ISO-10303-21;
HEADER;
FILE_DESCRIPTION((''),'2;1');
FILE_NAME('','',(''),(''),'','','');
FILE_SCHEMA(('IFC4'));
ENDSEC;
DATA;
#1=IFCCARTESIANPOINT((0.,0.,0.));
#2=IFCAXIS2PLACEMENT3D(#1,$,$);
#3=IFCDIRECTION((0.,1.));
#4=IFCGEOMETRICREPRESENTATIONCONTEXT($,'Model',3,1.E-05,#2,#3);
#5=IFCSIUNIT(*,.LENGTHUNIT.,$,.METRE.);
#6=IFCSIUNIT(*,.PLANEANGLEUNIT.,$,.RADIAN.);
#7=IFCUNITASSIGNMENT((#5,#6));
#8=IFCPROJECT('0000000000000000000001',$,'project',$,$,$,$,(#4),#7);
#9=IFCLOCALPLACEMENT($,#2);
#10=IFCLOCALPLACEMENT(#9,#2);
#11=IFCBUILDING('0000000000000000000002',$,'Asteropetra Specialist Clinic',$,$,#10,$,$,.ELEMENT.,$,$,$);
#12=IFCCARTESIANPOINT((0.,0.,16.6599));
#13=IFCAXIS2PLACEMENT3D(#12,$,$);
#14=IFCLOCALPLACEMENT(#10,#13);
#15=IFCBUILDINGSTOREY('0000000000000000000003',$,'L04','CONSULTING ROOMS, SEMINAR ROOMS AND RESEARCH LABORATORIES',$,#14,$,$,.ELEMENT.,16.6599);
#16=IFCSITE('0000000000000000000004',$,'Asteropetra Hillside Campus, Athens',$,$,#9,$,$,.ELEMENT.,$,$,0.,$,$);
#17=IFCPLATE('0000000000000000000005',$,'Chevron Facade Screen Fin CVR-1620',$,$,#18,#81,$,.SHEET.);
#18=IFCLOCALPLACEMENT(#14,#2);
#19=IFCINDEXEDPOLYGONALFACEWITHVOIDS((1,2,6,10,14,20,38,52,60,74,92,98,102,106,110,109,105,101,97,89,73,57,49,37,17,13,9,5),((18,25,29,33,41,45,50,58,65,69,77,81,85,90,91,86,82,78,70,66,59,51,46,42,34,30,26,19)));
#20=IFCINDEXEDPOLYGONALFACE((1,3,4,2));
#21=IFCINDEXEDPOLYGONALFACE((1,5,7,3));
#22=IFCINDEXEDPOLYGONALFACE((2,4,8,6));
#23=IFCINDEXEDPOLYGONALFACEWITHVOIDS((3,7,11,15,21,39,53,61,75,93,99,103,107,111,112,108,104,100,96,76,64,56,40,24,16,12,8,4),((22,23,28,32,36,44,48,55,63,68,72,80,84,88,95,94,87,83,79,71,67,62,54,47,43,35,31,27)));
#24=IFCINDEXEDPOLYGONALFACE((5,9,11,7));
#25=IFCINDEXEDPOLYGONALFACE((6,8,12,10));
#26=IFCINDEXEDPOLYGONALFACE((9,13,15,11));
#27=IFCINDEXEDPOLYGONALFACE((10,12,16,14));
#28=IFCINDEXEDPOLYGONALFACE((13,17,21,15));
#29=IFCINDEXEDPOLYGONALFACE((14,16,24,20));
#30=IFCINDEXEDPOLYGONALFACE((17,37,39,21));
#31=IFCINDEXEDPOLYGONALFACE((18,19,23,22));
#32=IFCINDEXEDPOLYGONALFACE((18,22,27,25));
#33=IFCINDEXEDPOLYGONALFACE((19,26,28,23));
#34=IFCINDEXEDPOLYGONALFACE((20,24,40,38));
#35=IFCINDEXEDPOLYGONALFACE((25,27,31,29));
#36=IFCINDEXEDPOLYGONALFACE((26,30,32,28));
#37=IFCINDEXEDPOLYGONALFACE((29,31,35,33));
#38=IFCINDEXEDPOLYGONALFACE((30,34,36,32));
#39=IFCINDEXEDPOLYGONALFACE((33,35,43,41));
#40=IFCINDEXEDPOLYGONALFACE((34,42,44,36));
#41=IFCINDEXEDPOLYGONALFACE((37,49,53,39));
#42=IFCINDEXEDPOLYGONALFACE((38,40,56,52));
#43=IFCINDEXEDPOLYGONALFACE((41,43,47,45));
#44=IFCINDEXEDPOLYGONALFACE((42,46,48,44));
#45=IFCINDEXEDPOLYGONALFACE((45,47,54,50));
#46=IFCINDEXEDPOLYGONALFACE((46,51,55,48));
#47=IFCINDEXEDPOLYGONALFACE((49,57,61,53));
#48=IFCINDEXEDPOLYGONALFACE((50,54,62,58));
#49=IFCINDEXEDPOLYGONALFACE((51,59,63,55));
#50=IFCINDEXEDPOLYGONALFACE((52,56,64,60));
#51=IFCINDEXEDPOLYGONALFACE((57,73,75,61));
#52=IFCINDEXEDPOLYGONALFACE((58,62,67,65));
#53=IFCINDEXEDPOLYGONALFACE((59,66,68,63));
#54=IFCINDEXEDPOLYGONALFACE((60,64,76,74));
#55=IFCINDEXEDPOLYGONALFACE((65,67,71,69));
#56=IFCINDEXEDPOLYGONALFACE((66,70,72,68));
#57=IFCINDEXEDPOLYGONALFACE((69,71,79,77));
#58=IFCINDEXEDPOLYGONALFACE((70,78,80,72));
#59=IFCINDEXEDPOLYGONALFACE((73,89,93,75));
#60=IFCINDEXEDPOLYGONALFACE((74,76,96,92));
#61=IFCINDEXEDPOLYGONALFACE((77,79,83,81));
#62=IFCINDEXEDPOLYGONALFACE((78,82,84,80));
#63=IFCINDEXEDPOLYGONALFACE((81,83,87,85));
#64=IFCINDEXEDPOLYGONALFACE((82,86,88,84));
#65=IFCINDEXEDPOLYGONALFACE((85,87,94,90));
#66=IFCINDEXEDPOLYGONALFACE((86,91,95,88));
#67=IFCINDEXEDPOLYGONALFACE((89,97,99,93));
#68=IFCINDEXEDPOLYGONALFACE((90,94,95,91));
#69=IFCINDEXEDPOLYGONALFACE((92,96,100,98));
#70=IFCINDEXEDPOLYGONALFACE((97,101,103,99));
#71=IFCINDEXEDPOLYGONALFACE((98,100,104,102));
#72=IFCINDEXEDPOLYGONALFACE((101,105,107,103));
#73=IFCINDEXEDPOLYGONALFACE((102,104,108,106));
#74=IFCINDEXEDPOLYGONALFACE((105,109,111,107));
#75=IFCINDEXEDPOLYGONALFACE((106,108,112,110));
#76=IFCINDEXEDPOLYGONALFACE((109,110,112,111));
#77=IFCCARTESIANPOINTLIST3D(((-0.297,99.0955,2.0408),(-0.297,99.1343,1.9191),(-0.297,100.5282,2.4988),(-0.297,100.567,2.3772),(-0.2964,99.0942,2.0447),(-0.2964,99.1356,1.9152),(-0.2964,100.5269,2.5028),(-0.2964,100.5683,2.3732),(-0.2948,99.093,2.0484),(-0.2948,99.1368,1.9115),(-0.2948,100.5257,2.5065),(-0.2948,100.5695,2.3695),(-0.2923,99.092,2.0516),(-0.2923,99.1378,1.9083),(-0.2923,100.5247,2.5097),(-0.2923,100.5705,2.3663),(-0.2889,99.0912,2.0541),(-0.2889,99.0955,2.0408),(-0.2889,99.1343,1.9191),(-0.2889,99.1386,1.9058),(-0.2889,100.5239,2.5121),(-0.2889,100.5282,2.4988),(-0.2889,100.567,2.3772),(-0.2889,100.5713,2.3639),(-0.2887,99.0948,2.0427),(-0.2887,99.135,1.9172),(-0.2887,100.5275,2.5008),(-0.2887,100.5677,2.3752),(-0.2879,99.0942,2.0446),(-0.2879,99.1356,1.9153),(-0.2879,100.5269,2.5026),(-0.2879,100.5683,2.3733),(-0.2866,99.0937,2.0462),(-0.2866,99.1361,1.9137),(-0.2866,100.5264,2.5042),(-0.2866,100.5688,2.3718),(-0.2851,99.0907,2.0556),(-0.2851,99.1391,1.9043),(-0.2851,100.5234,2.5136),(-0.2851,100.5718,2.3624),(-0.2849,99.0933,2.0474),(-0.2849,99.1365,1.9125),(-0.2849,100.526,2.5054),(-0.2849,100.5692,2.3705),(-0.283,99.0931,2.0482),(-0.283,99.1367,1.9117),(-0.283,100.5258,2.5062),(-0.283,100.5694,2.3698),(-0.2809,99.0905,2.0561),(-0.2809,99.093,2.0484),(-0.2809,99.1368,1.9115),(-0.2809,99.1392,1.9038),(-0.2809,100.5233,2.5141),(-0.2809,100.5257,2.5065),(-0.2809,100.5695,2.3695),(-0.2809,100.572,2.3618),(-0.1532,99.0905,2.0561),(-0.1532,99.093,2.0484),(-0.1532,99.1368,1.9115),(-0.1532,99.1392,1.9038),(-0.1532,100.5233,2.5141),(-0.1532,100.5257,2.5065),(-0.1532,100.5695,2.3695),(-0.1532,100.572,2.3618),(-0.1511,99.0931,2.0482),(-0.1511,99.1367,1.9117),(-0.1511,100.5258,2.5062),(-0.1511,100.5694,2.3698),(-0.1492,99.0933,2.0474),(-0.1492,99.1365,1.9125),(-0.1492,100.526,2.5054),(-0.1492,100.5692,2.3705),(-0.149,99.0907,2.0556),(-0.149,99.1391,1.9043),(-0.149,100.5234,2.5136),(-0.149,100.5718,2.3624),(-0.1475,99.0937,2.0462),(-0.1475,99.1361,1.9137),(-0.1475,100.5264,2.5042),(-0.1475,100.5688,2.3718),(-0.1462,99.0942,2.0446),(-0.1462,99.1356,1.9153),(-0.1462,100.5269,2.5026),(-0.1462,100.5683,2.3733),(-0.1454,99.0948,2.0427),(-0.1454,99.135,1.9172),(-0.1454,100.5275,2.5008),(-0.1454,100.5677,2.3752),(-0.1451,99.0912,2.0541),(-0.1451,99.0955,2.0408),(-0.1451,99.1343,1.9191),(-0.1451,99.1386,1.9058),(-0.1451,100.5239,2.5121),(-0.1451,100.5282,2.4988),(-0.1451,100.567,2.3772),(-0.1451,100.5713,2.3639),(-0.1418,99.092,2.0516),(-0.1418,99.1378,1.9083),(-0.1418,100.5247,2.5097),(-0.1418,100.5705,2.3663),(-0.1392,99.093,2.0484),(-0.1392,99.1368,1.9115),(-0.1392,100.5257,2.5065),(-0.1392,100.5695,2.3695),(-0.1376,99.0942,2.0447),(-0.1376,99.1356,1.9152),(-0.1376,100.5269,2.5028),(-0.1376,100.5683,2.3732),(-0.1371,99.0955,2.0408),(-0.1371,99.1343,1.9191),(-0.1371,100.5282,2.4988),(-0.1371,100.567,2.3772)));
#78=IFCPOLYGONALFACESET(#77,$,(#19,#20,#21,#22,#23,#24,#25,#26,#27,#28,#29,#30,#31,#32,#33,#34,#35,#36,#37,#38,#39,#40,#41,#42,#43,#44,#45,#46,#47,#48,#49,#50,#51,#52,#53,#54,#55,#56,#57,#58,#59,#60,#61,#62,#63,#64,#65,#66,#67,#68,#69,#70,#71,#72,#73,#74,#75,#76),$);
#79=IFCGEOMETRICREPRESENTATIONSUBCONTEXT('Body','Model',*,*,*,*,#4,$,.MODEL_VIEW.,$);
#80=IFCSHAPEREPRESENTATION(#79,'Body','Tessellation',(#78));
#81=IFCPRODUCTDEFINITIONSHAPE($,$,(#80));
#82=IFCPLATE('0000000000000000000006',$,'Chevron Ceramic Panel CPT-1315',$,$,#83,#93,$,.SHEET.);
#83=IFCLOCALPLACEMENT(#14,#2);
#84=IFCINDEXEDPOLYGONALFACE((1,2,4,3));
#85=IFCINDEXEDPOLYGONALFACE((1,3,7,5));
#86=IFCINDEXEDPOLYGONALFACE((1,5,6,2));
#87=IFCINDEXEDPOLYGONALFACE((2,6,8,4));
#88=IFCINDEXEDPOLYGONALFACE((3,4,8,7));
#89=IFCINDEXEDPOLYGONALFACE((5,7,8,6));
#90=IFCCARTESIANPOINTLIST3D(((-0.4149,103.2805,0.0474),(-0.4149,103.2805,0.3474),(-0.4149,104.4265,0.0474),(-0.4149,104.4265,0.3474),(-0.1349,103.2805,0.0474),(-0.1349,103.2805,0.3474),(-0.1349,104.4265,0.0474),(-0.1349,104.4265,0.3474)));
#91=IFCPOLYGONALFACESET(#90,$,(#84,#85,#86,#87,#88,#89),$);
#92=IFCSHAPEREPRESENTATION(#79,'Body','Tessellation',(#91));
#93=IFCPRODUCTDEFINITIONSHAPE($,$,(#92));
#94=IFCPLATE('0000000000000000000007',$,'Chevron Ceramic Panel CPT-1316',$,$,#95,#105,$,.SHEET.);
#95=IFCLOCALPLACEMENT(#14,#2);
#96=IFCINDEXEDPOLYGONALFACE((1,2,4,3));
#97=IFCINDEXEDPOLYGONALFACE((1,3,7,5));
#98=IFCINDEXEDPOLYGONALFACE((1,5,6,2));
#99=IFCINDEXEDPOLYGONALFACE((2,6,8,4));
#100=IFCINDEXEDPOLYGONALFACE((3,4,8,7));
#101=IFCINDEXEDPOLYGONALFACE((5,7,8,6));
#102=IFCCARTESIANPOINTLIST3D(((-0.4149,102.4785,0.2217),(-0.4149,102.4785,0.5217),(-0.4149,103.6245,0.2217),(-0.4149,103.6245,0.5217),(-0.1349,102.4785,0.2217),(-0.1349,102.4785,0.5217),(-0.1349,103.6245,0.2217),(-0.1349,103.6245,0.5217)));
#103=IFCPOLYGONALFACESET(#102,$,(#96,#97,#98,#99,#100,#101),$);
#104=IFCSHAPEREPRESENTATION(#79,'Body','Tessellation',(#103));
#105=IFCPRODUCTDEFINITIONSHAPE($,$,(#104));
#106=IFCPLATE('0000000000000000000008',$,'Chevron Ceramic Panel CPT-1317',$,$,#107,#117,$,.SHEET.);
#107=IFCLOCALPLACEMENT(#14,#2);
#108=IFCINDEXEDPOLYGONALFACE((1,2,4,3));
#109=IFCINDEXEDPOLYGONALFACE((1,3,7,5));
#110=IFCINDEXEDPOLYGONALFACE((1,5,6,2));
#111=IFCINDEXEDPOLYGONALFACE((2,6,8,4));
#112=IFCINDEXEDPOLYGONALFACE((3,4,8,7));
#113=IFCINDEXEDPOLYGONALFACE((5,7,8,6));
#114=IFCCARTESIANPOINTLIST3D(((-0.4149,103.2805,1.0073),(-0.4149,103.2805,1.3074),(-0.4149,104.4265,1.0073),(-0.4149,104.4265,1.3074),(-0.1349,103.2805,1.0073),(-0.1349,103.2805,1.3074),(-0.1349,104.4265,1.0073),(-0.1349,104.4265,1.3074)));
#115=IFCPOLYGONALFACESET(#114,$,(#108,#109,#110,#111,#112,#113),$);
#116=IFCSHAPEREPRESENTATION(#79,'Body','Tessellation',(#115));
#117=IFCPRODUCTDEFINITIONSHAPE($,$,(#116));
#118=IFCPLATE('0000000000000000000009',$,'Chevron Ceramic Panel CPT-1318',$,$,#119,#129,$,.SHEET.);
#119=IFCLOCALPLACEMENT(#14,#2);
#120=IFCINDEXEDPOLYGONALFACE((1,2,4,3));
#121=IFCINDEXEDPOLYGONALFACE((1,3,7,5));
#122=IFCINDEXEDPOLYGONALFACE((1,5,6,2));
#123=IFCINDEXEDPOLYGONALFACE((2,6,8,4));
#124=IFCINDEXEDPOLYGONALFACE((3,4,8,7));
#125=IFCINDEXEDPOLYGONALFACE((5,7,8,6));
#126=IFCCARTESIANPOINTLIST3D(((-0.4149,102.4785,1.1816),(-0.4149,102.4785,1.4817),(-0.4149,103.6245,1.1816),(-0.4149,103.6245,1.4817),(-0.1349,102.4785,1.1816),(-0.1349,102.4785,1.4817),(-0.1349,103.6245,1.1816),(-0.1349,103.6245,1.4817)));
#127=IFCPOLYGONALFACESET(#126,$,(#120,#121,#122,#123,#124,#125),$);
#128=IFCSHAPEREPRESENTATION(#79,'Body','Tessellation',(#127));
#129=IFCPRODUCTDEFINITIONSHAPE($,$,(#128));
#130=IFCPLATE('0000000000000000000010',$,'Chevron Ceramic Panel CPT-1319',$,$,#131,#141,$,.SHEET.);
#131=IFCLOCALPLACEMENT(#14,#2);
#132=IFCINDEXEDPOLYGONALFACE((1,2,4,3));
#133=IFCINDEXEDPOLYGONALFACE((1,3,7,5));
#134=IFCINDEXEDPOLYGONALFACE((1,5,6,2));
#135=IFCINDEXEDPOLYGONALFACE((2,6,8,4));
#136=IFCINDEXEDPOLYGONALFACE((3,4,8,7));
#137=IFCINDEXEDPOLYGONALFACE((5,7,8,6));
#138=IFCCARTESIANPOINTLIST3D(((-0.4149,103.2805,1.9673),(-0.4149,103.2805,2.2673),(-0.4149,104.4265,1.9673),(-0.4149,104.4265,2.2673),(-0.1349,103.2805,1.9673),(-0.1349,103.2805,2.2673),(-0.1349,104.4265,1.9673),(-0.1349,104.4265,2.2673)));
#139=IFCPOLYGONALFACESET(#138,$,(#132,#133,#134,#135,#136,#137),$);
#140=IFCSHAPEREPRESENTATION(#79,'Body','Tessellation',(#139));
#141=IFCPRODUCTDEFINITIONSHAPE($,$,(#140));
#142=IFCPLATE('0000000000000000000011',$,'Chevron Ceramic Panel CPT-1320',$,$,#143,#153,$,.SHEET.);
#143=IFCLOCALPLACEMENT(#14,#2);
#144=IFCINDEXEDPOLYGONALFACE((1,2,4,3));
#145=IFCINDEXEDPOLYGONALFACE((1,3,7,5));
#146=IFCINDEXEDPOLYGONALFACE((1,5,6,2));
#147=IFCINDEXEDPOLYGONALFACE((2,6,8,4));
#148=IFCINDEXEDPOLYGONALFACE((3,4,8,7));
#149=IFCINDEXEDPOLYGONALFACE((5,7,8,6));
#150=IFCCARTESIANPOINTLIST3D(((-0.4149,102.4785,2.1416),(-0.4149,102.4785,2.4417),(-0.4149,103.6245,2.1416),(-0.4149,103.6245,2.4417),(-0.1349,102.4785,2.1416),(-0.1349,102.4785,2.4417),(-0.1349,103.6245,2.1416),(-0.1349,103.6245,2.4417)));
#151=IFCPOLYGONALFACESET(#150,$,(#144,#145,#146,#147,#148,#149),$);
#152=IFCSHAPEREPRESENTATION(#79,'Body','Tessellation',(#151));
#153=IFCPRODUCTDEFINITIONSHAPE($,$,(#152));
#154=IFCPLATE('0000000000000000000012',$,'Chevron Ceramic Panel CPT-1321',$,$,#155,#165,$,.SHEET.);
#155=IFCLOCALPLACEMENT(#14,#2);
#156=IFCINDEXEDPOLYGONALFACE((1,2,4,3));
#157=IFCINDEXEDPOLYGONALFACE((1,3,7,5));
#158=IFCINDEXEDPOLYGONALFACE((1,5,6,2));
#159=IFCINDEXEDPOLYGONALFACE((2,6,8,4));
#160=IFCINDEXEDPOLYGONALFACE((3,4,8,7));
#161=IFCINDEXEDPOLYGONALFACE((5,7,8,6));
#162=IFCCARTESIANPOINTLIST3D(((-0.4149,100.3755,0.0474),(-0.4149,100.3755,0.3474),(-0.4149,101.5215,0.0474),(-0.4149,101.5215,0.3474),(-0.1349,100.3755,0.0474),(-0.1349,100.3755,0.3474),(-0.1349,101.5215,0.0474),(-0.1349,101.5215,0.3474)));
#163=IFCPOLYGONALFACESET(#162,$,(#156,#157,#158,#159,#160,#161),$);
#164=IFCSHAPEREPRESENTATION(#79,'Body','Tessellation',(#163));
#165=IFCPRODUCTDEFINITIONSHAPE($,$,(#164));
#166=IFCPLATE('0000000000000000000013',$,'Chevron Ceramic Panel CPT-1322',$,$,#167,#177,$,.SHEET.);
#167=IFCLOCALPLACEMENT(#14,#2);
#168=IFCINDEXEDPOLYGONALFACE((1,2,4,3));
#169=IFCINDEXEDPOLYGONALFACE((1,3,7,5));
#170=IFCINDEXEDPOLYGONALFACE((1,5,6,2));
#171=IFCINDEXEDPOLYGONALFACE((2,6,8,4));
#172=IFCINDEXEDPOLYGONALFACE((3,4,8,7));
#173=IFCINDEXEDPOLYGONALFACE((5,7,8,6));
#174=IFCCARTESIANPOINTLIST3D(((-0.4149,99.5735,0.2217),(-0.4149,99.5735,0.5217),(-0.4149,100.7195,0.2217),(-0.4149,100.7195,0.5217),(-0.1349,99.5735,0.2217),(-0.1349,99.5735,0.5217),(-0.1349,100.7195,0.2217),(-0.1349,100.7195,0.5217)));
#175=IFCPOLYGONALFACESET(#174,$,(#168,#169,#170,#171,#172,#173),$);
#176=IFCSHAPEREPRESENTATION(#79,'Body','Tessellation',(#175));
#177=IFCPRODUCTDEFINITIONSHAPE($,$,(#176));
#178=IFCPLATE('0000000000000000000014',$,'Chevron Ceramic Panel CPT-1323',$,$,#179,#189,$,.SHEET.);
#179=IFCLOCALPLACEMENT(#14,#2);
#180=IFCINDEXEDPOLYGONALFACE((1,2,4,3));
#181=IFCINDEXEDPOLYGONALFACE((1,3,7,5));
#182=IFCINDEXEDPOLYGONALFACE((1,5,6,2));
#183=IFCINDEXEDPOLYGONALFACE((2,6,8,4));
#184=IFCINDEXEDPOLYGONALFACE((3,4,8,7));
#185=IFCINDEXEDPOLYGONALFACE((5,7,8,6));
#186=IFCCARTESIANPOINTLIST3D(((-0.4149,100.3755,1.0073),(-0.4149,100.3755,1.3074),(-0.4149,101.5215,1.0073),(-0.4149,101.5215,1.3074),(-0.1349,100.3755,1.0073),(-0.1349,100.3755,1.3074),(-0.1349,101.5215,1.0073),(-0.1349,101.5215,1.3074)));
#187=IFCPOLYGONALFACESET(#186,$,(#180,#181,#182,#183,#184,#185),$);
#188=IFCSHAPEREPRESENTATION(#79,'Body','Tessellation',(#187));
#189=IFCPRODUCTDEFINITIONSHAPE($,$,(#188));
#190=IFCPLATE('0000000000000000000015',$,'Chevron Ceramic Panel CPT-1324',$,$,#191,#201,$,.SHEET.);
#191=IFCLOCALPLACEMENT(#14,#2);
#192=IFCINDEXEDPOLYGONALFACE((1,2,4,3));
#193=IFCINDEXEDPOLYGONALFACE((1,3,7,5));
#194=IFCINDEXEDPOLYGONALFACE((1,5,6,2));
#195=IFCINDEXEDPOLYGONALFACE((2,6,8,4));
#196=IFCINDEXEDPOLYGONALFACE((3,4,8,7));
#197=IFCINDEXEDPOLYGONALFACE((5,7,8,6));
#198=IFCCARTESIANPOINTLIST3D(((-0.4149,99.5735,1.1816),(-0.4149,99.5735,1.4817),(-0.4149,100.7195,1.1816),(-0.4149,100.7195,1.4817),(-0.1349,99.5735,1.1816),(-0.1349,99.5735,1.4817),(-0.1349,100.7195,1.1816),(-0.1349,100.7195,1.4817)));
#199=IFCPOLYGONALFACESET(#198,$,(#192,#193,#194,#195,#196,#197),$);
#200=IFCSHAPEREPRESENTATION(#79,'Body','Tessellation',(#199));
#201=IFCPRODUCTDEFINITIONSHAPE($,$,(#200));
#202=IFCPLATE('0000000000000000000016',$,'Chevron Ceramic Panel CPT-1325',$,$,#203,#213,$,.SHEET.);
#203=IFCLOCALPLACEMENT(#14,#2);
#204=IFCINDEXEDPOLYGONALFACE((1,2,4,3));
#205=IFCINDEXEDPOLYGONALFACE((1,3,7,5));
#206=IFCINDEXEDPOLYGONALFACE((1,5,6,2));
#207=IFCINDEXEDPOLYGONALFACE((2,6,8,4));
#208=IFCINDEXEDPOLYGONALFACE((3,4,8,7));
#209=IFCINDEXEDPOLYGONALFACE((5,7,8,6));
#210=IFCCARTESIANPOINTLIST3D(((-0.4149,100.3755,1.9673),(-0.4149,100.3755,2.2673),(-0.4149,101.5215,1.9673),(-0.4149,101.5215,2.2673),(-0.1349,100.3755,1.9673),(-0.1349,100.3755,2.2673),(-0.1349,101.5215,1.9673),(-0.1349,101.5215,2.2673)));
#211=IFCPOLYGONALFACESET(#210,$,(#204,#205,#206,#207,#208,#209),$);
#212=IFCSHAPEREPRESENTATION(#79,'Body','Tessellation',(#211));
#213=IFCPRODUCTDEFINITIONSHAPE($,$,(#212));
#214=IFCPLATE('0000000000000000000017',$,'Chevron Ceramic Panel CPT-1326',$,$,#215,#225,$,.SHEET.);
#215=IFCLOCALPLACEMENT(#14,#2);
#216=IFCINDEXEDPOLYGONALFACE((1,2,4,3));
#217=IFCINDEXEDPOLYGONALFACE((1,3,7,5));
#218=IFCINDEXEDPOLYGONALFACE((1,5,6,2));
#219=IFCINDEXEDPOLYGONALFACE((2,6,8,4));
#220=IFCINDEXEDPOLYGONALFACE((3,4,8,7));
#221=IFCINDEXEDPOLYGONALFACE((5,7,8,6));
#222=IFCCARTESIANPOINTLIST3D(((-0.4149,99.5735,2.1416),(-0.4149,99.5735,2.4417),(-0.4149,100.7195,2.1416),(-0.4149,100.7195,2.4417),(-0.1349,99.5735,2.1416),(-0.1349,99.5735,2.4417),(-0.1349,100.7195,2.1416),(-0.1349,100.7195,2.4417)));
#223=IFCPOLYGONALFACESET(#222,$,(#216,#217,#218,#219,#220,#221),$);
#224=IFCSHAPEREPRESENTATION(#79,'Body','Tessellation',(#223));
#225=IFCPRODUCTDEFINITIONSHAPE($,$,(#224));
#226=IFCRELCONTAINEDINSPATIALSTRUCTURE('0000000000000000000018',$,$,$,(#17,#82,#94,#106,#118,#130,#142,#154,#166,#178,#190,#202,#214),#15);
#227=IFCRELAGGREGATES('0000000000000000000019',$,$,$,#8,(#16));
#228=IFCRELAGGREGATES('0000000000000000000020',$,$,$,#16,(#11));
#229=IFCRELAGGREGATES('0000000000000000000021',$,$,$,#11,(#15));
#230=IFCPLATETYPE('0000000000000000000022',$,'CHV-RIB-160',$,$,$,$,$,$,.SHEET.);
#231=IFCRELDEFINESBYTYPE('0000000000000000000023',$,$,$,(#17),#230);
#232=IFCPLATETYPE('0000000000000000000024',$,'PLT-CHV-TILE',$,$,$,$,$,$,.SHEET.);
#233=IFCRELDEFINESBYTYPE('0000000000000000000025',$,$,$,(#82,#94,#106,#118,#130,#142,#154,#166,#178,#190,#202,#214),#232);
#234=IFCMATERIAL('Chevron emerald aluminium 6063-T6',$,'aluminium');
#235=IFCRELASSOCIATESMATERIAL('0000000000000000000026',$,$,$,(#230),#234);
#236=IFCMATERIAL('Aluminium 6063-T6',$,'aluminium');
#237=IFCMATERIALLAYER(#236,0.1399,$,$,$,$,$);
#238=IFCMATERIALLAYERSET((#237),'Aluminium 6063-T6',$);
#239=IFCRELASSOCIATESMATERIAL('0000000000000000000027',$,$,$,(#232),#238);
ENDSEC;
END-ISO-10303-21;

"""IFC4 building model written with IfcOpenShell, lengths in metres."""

from ifc_helpers import new_model, si_unit, direction, frame, origin, origin_2d, place, context, subcontext, project, spatial, rectangle, hollow_rectangle, extrude, material, layer, layer_set, material_profile, profile_set, type_object, element, save


model = new_model("IFC4")

# Units and contexts
model_context = context("Model", 3, precision=1e-05, world=origin(), true_north=direction((0.0, 1.0)))
body_context = subcontext(model_context, "Body", "Model", "MODEL_VIEW")
ifc_project = project(units=[si_unit("LENGTHUNIT", "METRE"), si_unit("PLANEANGLEUNIT", "RADIAN")], contexts=[model_context])

# Site, building, storey
site_placement = place(None, origin())
site = spatial("IfcSite", under=ifc_project, at=site_placement, Name="Asteropetra Hillside Campus, Athens", CompositionType="ELEMENT", RefElevation=0.0)
building_placement = place(site_placement, origin())
building = spatial("IfcBuilding", under=site, at=building_placement, Name="Asteropetra Specialist Clinic", CompositionType="ELEMENT")
storey_placement = place(building_placement, frame((0.0, 0.0, 16.6599)))
storey = spatial("IfcBuildingStorey", under=building, at=storey_placement, Name="L04", Description="CONSULTING ROOMS, SEMINAR ROOMS AND RESEARCH LABORATORIES", CompositionType="ELEMENT", Elevation=16.6599)

# Plates
ifc_material_1 = material(Name="Chevron emerald aluminium 6063-T6", Category="aluminium")
ifc_material_profile = material_profile(ifc_material_1, hollow_rectangle(XDim=0.1599, YDim=0.1599, WallThickness=0.0081, InnerFilletRadius=0.0081, OuterFilletRadius=0.0161, at=origin_2d()), Name="SHS 160x160x8.0")
ifc_profile_set = profile_set([ifc_material_profile], Name="Chevron emerald aluminium 6063-T6")
plate_type_1 = type_object("IfcPlateType", Name="CHV-RIB-160", PredefinedType="SHEET", material=ifc_profile_set)
plate_1_placement = place(storey_placement, frame((-0.217, 100.5476, 2.438), z_axis=(0.0, -0.952507, -0.304517), x_axis=(1.0, 0.0, 0.0)))
element("IfcPlate", 1, at=plate_1_placement, inside=storey, type_object=plate_type_1, Name="Chevron Facade Screen Fin CVR-1620", PredefinedType="SHEET", context=body_context, shape_type="SweptSolid", body=[
    extrude(hollow_rectangle(XDim=0.1599, YDim=0.1599, WallThickness=0.0081, InnerFilletRadius=0.0081, OuterFilletRadius=0.0161, at=origin_2d()), origin(), (0.0, 0.0, 1.0), 1.5042),
])
ifc_material_2 = material(Name="Aluminium 6063-T6", Category="aluminium")
ifc_layer_1 = layer(ifc_material_2, 0.1399)
ifc_layer_set_1 = layer_set([ifc_layer_1], Name="Aluminium 6063-T6")
plate_type_2 = type_object("IfcPlateType", Name="PLT-CHV-TILE", PredefinedType="SHEET", material=ifc_layer_set_1)
for number, where, z_axis, x_axis, name in (
    (2, (-0.2749, 103.8535, 0.0474), (0.0, 0.0, 1.0), (1.0, 0.0, 0.0), "Chevron Ceramic Panel CPT-1315"),
    (3, (-0.2749, 103.0515, 0.2217), (0.0, 0.0, 1.0), (1.0, 0.0, 0.0), "Chevron Ceramic Panel CPT-1316"),
    (4, (-0.2749, 103.8535, 1.0073), (0.0, 0.0, 1.0), (1.0, 0.0, 0.0), "Chevron Ceramic Panel CPT-1317"),
    (5, (-0.2749, 103.0515, 1.1816), (0.0, 0.0, 1.0), (1.0, 0.0, 0.0), "Chevron Ceramic Panel CPT-1318"),
    (6, (-0.2749, 103.8535, 1.9673), (0.0, 0.0, 1.0), (1.0, 0.0, 0.0), "Chevron Ceramic Panel CPT-1319"),
    (7, (-0.2749, 103.0515, 2.1416), (0.0, 0.0, 1.0), (1.0, 0.0, 0.0), "Chevron Ceramic Panel CPT-1320"),
    (8, (-0.2749, 100.9485, 0.0474), (0.0, 0.0, 1.0), (1.0, 0.0, 0.0), "Chevron Ceramic Panel CPT-1321"),
    (9, (-0.2749, 100.1465, 0.2217), (0.0, 0.0, 1.0), (1.0, 0.0, 0.0), "Chevron Ceramic Panel CPT-1322"),
    (10, (-0.2749, 100.9485, 1.0073), (0.0, 0.0, 1.0), (1.0, 0.0, 0.0), "Chevron Ceramic Panel CPT-1323"),
    (11, (-0.2749, 100.1465, 1.1816), (0.0, 0.0, 1.0), (1.0, 0.0, 0.0), "Chevron Ceramic Panel CPT-1324"),
    (12, (-0.2749, 100.9485, 1.9673), (0.0, 0.0, 1.0), (1.0, 0.0, 0.0), "Chevron Ceramic Panel CPT-1325"),
    (13, (-0.2749, 100.1465, 2.1416), (0.0, 0.0, 1.0), (1.0, 0.0, 0.0), "Chevron Ceramic Panel CPT-1326"),
):
    element("IfcPlate", number, at=place(storey_placement, frame(where, z_axis=z_axis, x_axis=x_axis)), inside=storey, type_object=plate_type_2, Name=name, PredefinedType="SHEET", context=body_context, shape_type="SweptSolid", body=[
        extrude(rectangle(XDim=0.28, YDim=1.146, at=origin_2d()), origin(), (0.0, 0.0, 1.0), 0.3),
    ])

save(model, "model.ifc")
